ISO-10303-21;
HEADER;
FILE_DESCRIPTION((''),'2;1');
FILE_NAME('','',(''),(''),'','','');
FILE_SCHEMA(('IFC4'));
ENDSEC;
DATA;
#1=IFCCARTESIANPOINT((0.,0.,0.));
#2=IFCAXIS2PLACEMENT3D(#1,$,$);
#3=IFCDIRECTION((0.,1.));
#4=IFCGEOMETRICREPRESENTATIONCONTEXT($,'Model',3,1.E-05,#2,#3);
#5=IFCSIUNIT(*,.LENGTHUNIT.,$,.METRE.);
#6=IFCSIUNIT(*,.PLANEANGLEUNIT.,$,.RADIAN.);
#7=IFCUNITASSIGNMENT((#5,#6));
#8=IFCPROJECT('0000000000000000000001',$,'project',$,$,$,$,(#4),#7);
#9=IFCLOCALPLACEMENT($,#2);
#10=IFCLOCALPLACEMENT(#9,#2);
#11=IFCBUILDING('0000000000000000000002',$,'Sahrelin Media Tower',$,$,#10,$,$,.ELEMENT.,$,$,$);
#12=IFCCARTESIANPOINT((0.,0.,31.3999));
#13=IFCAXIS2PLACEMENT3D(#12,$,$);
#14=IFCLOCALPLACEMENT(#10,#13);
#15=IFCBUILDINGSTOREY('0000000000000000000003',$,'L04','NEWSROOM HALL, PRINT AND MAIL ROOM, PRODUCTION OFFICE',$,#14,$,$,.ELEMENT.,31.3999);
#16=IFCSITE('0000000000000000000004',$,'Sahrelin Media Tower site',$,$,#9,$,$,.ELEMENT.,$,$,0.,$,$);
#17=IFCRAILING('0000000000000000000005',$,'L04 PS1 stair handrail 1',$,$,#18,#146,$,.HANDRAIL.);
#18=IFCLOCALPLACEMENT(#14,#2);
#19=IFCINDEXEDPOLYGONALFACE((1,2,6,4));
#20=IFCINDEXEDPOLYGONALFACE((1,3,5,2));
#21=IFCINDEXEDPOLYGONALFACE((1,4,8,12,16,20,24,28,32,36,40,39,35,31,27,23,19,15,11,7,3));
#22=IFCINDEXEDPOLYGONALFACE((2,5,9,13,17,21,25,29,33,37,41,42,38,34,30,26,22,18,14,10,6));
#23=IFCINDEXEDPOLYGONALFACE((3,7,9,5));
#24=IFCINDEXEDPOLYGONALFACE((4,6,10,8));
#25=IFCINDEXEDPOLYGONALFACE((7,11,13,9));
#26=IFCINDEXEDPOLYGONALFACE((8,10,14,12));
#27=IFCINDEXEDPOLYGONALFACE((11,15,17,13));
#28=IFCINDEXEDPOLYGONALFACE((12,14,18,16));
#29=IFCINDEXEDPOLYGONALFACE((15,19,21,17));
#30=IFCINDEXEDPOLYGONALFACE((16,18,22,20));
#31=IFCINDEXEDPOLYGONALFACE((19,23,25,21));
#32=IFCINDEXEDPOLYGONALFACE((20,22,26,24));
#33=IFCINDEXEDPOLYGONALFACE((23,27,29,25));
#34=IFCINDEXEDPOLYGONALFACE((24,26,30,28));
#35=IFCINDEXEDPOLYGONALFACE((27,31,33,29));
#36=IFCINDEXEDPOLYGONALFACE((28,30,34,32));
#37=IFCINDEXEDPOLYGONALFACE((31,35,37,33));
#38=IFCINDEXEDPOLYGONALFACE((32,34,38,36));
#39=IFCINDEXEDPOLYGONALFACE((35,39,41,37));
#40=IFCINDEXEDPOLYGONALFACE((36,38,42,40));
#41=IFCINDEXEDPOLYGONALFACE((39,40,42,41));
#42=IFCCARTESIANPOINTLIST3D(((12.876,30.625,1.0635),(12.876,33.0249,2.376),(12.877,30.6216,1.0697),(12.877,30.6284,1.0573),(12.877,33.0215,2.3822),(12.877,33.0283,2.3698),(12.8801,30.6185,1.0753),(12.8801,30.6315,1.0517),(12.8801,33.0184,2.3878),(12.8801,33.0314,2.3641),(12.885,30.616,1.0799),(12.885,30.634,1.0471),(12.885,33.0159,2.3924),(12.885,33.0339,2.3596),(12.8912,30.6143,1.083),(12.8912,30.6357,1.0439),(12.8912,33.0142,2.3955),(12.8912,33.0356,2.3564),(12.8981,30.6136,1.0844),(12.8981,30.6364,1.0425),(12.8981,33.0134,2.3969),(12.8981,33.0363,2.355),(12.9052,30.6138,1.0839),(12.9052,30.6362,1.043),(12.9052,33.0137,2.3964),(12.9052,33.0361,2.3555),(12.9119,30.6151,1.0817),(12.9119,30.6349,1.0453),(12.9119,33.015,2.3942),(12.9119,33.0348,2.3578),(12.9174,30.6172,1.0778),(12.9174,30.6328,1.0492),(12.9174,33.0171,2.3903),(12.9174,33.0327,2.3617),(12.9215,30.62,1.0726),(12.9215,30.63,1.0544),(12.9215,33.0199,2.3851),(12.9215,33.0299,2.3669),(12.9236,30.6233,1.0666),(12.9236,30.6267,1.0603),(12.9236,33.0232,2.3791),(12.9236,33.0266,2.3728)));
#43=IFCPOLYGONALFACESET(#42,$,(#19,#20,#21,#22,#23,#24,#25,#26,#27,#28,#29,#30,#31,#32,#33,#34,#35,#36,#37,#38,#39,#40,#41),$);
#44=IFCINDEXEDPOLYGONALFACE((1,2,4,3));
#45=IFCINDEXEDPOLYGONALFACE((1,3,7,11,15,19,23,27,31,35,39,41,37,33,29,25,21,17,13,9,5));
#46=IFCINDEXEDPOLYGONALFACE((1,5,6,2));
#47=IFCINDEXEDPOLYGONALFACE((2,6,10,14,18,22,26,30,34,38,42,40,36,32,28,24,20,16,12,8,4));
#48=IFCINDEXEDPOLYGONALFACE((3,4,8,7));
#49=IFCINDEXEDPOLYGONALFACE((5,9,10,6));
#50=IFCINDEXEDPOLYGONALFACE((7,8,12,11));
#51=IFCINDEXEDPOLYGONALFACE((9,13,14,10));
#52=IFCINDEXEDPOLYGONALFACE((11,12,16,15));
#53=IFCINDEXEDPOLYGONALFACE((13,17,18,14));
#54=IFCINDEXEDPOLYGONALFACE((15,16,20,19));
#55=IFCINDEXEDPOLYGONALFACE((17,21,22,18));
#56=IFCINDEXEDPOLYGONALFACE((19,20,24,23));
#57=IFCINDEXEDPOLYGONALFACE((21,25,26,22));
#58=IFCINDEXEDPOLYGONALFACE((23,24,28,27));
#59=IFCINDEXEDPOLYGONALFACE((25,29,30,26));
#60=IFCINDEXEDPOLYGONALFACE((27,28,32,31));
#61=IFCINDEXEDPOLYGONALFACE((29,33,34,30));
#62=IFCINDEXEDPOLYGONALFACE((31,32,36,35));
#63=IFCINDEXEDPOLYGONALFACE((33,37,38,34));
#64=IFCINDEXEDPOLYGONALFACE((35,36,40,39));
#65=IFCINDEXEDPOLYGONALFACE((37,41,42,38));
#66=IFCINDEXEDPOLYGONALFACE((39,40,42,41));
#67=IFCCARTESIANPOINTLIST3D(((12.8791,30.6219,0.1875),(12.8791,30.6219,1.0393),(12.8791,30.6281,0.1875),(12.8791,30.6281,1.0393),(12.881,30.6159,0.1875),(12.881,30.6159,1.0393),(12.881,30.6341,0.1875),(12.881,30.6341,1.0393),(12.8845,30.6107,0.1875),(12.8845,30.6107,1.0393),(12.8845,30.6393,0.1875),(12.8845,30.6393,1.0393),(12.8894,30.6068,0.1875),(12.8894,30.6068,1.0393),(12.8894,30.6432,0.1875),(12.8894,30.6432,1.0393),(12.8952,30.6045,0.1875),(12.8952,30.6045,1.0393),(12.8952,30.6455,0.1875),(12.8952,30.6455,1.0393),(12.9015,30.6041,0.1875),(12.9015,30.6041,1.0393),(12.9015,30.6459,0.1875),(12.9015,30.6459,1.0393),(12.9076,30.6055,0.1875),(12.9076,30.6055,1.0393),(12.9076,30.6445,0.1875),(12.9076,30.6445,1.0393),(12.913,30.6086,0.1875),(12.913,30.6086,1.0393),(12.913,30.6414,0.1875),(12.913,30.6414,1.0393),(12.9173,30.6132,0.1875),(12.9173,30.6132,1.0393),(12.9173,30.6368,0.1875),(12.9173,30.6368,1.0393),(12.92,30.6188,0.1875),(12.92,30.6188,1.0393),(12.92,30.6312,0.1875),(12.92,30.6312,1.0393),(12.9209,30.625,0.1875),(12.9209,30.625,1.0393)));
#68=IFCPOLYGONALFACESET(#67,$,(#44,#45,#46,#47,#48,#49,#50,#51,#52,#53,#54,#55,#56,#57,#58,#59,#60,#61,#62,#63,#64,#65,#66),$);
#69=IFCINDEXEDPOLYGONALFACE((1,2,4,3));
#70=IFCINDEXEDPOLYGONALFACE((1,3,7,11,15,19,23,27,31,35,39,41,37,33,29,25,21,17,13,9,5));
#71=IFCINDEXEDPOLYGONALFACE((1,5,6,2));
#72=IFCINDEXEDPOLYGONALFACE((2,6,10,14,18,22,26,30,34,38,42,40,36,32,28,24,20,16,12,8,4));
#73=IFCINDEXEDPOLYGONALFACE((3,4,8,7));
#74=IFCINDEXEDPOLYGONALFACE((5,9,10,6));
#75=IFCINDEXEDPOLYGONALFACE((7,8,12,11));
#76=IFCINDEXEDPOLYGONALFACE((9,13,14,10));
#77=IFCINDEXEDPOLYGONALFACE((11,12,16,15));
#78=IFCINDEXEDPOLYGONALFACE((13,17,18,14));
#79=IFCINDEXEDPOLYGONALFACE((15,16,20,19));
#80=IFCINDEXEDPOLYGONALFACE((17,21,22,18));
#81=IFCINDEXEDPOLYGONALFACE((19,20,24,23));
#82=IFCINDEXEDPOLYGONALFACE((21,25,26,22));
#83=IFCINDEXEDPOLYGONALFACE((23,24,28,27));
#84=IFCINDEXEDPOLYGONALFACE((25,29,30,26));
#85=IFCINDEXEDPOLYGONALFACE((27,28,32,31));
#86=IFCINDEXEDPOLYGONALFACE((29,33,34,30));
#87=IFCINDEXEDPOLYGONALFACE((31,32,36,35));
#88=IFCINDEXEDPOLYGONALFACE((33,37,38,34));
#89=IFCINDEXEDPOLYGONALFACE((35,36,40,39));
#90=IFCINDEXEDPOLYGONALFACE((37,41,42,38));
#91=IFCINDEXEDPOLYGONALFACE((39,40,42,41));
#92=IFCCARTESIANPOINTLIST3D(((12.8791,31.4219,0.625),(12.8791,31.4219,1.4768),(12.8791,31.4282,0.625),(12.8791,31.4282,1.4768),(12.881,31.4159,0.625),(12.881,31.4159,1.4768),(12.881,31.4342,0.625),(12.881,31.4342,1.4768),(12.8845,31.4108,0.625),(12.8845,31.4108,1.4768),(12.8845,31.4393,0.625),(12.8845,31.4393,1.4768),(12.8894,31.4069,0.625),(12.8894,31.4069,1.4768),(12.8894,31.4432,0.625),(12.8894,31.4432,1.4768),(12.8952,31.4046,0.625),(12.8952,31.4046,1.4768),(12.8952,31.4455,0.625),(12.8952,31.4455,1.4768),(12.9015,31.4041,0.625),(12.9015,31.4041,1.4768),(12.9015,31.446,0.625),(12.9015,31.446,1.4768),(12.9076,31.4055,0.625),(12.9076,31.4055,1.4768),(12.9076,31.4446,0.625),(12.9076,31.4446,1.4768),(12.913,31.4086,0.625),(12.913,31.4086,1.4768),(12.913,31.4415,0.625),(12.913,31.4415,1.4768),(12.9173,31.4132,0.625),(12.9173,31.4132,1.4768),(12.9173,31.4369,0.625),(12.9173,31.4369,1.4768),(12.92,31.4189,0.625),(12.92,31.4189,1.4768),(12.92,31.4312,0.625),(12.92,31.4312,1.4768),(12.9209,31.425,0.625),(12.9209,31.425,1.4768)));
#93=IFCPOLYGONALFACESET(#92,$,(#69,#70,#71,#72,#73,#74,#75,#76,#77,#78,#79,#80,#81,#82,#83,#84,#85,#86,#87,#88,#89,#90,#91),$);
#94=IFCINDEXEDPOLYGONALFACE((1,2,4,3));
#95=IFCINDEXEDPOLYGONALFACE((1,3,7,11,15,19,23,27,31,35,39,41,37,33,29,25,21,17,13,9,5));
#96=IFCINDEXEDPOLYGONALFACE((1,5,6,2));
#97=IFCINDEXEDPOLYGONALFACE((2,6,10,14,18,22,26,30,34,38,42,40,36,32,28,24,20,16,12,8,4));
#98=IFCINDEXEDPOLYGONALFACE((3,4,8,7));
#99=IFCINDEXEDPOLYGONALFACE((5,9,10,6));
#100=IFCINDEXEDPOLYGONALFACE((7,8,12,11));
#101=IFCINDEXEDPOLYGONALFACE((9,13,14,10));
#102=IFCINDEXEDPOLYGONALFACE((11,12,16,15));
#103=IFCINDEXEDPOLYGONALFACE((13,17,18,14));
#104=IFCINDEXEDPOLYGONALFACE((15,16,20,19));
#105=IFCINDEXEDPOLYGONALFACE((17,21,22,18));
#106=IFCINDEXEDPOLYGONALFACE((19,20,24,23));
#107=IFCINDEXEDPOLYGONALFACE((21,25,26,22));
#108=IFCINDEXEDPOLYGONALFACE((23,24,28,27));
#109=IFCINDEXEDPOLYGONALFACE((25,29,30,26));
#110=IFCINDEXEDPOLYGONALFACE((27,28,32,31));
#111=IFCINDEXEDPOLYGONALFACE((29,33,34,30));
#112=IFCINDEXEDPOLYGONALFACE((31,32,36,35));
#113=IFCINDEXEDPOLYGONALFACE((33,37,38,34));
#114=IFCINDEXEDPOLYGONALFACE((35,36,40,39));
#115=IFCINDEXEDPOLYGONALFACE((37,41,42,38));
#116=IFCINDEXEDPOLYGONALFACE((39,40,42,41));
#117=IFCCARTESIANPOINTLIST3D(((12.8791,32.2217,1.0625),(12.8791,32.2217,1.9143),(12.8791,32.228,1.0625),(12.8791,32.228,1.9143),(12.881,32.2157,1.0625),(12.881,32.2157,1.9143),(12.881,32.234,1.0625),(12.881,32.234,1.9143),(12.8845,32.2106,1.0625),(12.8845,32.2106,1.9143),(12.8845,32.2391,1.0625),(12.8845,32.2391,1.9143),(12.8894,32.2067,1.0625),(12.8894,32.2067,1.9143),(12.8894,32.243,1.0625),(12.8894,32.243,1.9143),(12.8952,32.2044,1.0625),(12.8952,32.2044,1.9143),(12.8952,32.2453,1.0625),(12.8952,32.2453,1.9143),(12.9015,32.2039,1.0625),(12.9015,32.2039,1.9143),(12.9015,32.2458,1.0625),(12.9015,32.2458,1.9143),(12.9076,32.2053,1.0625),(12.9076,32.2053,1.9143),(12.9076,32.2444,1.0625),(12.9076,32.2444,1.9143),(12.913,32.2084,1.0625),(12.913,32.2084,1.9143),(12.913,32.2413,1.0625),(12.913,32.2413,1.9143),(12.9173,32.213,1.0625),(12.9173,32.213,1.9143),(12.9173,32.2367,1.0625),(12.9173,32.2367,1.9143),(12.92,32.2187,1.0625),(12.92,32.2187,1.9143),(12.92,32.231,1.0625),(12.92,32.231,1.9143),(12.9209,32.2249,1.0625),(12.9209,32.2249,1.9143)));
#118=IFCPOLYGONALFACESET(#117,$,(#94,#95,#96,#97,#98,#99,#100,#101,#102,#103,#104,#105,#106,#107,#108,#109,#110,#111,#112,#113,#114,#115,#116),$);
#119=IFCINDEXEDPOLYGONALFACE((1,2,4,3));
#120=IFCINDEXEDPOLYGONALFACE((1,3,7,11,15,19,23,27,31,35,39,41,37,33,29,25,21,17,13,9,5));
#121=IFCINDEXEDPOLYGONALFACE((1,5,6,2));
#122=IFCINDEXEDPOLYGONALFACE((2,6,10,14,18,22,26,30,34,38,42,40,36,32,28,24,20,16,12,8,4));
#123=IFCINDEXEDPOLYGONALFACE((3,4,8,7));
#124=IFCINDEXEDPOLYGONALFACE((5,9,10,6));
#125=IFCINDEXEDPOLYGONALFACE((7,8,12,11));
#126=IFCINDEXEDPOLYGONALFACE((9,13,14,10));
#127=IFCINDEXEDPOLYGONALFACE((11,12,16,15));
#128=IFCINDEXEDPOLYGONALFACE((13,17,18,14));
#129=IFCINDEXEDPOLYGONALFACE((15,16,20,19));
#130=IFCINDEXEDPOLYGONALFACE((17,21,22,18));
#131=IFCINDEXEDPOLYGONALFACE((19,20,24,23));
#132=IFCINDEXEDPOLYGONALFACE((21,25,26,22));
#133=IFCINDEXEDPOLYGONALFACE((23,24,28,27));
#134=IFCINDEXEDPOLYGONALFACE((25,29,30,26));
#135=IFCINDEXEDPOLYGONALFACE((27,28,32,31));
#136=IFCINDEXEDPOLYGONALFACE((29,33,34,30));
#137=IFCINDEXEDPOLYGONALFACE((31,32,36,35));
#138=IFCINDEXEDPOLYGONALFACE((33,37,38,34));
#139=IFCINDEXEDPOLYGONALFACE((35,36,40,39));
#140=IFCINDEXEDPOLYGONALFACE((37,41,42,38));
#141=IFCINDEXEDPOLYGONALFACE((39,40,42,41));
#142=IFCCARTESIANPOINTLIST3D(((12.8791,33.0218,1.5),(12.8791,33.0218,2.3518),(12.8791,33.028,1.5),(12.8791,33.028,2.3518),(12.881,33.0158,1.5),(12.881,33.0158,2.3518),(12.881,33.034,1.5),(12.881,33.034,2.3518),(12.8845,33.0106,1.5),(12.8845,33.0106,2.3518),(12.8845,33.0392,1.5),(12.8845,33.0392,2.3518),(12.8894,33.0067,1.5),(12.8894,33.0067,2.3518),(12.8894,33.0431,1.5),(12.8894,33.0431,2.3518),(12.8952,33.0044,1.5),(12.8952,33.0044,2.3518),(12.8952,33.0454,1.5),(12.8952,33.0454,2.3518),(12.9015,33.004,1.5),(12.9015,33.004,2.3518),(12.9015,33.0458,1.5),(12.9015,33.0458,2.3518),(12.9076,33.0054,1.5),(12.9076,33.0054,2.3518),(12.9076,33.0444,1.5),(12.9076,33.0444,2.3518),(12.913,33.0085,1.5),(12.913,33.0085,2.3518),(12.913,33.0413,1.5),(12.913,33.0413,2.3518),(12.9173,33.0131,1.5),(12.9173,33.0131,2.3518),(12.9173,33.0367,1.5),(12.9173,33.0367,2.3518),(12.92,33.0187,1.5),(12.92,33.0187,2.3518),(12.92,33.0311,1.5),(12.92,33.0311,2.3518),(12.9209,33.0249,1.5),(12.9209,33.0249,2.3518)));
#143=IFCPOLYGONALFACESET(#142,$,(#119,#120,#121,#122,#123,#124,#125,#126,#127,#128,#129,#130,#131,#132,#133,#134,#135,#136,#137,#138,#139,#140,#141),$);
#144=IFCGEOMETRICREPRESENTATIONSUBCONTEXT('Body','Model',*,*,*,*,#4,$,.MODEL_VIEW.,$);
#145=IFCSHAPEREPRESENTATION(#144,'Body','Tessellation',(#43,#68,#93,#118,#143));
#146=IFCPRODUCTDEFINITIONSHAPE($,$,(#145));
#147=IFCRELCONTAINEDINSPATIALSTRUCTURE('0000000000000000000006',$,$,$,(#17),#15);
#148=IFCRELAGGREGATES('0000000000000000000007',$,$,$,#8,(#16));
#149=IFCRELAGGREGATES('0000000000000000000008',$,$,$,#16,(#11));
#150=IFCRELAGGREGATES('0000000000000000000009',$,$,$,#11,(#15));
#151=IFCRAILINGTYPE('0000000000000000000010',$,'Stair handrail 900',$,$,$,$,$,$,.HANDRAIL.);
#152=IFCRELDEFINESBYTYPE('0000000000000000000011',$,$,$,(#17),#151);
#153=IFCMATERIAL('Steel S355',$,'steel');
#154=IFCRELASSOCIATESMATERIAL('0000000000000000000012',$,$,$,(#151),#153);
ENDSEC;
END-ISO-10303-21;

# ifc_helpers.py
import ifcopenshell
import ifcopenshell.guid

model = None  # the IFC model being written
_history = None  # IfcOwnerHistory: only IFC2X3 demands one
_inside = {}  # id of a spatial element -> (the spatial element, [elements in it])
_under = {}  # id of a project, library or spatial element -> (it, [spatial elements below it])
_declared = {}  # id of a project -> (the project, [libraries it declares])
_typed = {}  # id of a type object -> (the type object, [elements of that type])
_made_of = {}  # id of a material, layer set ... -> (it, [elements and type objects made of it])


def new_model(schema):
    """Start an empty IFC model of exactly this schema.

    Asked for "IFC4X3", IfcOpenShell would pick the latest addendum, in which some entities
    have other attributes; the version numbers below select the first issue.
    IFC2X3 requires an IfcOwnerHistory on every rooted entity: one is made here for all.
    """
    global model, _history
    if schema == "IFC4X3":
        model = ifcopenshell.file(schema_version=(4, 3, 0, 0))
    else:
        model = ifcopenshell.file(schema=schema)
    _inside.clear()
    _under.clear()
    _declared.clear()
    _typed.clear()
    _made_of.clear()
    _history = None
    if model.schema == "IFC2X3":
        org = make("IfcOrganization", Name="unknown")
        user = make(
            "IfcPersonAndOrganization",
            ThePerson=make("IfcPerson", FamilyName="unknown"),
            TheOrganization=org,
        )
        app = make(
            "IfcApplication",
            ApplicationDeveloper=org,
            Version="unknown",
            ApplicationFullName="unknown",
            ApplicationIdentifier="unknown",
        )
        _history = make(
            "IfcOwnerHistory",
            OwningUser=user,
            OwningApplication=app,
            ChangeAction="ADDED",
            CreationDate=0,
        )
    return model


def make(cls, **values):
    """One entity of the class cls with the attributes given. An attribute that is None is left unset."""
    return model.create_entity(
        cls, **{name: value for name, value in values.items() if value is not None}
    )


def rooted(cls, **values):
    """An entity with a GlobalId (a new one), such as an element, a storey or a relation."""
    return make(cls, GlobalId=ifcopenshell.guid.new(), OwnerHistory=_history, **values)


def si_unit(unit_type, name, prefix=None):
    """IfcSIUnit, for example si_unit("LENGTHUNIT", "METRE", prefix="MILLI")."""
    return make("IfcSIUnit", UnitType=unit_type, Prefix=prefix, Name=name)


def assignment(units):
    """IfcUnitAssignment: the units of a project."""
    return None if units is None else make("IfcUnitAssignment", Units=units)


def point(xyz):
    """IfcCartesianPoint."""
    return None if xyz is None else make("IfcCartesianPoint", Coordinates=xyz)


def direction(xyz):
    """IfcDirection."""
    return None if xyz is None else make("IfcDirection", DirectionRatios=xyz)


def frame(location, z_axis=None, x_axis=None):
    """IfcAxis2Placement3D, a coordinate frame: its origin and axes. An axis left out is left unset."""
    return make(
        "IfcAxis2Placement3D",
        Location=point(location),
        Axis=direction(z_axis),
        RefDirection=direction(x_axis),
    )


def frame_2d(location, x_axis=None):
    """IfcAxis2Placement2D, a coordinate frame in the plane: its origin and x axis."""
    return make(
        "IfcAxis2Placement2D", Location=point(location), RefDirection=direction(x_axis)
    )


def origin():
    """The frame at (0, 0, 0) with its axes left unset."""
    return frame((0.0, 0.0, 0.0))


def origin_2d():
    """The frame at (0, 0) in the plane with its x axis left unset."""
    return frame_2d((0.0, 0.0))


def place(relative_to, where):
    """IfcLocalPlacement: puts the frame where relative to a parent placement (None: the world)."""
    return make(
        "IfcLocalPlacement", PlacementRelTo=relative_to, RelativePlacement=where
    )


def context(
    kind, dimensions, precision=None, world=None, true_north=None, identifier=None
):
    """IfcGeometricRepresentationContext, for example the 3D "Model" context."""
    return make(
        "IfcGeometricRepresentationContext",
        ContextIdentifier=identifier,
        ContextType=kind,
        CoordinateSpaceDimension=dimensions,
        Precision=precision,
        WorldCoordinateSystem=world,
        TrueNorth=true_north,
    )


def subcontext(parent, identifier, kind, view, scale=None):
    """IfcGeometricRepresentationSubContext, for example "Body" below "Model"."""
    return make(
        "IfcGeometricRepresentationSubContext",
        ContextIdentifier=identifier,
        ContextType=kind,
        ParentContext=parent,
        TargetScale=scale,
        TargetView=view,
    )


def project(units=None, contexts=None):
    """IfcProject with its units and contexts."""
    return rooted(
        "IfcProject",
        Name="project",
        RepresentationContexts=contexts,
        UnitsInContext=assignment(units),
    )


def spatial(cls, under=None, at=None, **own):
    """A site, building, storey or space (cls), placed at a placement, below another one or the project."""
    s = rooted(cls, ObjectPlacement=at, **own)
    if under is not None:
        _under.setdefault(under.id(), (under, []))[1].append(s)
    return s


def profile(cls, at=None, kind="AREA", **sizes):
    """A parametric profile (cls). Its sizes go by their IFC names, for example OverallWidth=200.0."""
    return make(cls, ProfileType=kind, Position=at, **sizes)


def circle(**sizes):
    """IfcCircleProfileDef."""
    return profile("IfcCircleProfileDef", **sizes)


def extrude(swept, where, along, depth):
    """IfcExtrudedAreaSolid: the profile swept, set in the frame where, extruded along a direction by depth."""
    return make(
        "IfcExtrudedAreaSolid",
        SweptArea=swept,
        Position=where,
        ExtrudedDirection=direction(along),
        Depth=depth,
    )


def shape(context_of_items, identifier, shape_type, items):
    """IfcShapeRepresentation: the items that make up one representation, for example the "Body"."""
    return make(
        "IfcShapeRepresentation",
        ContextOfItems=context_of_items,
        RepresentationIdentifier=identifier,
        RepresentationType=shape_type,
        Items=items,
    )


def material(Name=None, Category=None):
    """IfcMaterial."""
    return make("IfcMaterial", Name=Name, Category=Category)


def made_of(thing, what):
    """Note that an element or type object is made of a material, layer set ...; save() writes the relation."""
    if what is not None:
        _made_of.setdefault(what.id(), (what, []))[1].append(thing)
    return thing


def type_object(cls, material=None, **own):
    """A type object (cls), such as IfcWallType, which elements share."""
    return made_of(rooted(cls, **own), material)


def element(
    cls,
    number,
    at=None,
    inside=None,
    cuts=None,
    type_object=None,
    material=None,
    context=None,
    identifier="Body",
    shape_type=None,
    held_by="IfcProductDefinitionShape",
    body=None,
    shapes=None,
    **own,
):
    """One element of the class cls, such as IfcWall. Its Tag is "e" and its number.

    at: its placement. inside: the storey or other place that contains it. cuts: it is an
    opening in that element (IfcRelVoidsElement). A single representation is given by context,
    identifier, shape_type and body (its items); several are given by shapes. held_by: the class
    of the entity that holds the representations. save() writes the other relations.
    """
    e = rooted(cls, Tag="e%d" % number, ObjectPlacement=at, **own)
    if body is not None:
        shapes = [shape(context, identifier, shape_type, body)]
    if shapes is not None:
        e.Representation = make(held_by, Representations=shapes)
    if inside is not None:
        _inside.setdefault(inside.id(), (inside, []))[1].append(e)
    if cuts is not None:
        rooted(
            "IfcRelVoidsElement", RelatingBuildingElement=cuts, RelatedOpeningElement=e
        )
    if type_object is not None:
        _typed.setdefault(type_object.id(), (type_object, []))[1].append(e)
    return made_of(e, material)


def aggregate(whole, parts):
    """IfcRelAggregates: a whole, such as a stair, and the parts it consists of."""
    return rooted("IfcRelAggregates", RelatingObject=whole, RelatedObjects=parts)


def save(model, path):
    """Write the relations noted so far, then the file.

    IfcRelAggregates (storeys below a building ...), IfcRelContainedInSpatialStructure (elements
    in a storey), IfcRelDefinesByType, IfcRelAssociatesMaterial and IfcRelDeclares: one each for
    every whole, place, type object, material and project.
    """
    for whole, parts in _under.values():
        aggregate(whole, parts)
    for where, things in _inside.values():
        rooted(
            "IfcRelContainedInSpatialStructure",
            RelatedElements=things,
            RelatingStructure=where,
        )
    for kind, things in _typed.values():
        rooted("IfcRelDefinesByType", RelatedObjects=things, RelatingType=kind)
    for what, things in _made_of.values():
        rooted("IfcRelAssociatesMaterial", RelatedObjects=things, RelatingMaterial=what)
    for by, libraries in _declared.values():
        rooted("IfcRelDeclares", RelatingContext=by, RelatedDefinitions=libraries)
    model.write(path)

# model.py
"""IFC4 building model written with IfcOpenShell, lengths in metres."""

from ifc_helpers import new_model, si_unit, direction, frame, origin, origin_2d, place, context, subcontext, project, spatial, circle, extrude, material, type_object, element, save


model = new_model("IFC4")

# Units and contexts
model_context = context("Model", 3, precision=1e-05, world=origin(), true_north=direction((0.0, 1.0)))
body_context = subcontext(model_context, "Body", "Model", "MODEL_VIEW")
ifc_project = project(units=[si_unit("LENGTHUNIT", "METRE"), si_unit("PLANEANGLEUNIT", "RADIAN")], contexts=[model_context])

# Site, building, storey
site_placement = place(None, origin())
site = spatial("IfcSite", under=ifc_project, at=site_placement, Name="Sahrelin Media Tower site", CompositionType="ELEMENT", RefElevation=0.0)
building_placement = place(site_placement, origin())
building = spatial("IfcBuilding", under=site, at=building_placement, Name="Sahrelin Media Tower", CompositionType="ELEMENT")
storey_placement = place(building_placement, frame((0.0, 0.0, 31.3999)))
storey = spatial("IfcBuildingStorey", under=building, at=storey_placement, Name="L04", Description="NEWSROOM HALL, PRINT AND MAIL ROOM, PRODUCTION OFFICE", CompositionType="ELEMENT", Elevation=31.3999)

# Shared definitions
ifc_material_1 = material(Name="Steel S355", Category="steel")

# Railing
railing_type_1 = type_object("IfcRailingType", Name="Stair handrail 900", PredefinedType="HANDRAIL", material=ifc_material_1)
railing_1_placement = place(storey_placement, frame((12.8999, 30.625, 0.1875)))
element("IfcRailing", 1, at=railing_1_placement, inside=storey, type_object=railing_type_1, Name="L04 PS1 stair handrail 1", PredefinedType="HANDRAIL", context=body_context, shape_type="SweptSolid", body=[
    extrude(circle(Radius=0.0239, at=origin_2d()), frame((0.0, 0.0, 0.876), z_axis=(0.0, 0.877363, 0.479827), x_axis=(-1.0, 0.0, 0.0)), (0.0, 0.0, 1.0), 2.7354),
    extrude(circle(Radius=0.021, at=origin_2d()), origin(), (0.0, 0.0, 1.0), 0.8518),
    extrude(circle(Radius=0.021, at=origin_2d()), frame((0.0, 0.8, 0.4375)), (0.0, 0.0, 1.0), 0.8518),
    extrude(circle(Radius=0.021, at=origin_2d()), frame((0.0, 1.5999, 0.875)), (0.0, 0.0, 1.0), 0.8518),
    extrude(circle(Radius=0.021, at=origin_2d()), frame((0.0, 2.3999, 1.3125)), (0.0, 0.0, 1.0), 0.8518),
])

save(model, "model.ifc")
